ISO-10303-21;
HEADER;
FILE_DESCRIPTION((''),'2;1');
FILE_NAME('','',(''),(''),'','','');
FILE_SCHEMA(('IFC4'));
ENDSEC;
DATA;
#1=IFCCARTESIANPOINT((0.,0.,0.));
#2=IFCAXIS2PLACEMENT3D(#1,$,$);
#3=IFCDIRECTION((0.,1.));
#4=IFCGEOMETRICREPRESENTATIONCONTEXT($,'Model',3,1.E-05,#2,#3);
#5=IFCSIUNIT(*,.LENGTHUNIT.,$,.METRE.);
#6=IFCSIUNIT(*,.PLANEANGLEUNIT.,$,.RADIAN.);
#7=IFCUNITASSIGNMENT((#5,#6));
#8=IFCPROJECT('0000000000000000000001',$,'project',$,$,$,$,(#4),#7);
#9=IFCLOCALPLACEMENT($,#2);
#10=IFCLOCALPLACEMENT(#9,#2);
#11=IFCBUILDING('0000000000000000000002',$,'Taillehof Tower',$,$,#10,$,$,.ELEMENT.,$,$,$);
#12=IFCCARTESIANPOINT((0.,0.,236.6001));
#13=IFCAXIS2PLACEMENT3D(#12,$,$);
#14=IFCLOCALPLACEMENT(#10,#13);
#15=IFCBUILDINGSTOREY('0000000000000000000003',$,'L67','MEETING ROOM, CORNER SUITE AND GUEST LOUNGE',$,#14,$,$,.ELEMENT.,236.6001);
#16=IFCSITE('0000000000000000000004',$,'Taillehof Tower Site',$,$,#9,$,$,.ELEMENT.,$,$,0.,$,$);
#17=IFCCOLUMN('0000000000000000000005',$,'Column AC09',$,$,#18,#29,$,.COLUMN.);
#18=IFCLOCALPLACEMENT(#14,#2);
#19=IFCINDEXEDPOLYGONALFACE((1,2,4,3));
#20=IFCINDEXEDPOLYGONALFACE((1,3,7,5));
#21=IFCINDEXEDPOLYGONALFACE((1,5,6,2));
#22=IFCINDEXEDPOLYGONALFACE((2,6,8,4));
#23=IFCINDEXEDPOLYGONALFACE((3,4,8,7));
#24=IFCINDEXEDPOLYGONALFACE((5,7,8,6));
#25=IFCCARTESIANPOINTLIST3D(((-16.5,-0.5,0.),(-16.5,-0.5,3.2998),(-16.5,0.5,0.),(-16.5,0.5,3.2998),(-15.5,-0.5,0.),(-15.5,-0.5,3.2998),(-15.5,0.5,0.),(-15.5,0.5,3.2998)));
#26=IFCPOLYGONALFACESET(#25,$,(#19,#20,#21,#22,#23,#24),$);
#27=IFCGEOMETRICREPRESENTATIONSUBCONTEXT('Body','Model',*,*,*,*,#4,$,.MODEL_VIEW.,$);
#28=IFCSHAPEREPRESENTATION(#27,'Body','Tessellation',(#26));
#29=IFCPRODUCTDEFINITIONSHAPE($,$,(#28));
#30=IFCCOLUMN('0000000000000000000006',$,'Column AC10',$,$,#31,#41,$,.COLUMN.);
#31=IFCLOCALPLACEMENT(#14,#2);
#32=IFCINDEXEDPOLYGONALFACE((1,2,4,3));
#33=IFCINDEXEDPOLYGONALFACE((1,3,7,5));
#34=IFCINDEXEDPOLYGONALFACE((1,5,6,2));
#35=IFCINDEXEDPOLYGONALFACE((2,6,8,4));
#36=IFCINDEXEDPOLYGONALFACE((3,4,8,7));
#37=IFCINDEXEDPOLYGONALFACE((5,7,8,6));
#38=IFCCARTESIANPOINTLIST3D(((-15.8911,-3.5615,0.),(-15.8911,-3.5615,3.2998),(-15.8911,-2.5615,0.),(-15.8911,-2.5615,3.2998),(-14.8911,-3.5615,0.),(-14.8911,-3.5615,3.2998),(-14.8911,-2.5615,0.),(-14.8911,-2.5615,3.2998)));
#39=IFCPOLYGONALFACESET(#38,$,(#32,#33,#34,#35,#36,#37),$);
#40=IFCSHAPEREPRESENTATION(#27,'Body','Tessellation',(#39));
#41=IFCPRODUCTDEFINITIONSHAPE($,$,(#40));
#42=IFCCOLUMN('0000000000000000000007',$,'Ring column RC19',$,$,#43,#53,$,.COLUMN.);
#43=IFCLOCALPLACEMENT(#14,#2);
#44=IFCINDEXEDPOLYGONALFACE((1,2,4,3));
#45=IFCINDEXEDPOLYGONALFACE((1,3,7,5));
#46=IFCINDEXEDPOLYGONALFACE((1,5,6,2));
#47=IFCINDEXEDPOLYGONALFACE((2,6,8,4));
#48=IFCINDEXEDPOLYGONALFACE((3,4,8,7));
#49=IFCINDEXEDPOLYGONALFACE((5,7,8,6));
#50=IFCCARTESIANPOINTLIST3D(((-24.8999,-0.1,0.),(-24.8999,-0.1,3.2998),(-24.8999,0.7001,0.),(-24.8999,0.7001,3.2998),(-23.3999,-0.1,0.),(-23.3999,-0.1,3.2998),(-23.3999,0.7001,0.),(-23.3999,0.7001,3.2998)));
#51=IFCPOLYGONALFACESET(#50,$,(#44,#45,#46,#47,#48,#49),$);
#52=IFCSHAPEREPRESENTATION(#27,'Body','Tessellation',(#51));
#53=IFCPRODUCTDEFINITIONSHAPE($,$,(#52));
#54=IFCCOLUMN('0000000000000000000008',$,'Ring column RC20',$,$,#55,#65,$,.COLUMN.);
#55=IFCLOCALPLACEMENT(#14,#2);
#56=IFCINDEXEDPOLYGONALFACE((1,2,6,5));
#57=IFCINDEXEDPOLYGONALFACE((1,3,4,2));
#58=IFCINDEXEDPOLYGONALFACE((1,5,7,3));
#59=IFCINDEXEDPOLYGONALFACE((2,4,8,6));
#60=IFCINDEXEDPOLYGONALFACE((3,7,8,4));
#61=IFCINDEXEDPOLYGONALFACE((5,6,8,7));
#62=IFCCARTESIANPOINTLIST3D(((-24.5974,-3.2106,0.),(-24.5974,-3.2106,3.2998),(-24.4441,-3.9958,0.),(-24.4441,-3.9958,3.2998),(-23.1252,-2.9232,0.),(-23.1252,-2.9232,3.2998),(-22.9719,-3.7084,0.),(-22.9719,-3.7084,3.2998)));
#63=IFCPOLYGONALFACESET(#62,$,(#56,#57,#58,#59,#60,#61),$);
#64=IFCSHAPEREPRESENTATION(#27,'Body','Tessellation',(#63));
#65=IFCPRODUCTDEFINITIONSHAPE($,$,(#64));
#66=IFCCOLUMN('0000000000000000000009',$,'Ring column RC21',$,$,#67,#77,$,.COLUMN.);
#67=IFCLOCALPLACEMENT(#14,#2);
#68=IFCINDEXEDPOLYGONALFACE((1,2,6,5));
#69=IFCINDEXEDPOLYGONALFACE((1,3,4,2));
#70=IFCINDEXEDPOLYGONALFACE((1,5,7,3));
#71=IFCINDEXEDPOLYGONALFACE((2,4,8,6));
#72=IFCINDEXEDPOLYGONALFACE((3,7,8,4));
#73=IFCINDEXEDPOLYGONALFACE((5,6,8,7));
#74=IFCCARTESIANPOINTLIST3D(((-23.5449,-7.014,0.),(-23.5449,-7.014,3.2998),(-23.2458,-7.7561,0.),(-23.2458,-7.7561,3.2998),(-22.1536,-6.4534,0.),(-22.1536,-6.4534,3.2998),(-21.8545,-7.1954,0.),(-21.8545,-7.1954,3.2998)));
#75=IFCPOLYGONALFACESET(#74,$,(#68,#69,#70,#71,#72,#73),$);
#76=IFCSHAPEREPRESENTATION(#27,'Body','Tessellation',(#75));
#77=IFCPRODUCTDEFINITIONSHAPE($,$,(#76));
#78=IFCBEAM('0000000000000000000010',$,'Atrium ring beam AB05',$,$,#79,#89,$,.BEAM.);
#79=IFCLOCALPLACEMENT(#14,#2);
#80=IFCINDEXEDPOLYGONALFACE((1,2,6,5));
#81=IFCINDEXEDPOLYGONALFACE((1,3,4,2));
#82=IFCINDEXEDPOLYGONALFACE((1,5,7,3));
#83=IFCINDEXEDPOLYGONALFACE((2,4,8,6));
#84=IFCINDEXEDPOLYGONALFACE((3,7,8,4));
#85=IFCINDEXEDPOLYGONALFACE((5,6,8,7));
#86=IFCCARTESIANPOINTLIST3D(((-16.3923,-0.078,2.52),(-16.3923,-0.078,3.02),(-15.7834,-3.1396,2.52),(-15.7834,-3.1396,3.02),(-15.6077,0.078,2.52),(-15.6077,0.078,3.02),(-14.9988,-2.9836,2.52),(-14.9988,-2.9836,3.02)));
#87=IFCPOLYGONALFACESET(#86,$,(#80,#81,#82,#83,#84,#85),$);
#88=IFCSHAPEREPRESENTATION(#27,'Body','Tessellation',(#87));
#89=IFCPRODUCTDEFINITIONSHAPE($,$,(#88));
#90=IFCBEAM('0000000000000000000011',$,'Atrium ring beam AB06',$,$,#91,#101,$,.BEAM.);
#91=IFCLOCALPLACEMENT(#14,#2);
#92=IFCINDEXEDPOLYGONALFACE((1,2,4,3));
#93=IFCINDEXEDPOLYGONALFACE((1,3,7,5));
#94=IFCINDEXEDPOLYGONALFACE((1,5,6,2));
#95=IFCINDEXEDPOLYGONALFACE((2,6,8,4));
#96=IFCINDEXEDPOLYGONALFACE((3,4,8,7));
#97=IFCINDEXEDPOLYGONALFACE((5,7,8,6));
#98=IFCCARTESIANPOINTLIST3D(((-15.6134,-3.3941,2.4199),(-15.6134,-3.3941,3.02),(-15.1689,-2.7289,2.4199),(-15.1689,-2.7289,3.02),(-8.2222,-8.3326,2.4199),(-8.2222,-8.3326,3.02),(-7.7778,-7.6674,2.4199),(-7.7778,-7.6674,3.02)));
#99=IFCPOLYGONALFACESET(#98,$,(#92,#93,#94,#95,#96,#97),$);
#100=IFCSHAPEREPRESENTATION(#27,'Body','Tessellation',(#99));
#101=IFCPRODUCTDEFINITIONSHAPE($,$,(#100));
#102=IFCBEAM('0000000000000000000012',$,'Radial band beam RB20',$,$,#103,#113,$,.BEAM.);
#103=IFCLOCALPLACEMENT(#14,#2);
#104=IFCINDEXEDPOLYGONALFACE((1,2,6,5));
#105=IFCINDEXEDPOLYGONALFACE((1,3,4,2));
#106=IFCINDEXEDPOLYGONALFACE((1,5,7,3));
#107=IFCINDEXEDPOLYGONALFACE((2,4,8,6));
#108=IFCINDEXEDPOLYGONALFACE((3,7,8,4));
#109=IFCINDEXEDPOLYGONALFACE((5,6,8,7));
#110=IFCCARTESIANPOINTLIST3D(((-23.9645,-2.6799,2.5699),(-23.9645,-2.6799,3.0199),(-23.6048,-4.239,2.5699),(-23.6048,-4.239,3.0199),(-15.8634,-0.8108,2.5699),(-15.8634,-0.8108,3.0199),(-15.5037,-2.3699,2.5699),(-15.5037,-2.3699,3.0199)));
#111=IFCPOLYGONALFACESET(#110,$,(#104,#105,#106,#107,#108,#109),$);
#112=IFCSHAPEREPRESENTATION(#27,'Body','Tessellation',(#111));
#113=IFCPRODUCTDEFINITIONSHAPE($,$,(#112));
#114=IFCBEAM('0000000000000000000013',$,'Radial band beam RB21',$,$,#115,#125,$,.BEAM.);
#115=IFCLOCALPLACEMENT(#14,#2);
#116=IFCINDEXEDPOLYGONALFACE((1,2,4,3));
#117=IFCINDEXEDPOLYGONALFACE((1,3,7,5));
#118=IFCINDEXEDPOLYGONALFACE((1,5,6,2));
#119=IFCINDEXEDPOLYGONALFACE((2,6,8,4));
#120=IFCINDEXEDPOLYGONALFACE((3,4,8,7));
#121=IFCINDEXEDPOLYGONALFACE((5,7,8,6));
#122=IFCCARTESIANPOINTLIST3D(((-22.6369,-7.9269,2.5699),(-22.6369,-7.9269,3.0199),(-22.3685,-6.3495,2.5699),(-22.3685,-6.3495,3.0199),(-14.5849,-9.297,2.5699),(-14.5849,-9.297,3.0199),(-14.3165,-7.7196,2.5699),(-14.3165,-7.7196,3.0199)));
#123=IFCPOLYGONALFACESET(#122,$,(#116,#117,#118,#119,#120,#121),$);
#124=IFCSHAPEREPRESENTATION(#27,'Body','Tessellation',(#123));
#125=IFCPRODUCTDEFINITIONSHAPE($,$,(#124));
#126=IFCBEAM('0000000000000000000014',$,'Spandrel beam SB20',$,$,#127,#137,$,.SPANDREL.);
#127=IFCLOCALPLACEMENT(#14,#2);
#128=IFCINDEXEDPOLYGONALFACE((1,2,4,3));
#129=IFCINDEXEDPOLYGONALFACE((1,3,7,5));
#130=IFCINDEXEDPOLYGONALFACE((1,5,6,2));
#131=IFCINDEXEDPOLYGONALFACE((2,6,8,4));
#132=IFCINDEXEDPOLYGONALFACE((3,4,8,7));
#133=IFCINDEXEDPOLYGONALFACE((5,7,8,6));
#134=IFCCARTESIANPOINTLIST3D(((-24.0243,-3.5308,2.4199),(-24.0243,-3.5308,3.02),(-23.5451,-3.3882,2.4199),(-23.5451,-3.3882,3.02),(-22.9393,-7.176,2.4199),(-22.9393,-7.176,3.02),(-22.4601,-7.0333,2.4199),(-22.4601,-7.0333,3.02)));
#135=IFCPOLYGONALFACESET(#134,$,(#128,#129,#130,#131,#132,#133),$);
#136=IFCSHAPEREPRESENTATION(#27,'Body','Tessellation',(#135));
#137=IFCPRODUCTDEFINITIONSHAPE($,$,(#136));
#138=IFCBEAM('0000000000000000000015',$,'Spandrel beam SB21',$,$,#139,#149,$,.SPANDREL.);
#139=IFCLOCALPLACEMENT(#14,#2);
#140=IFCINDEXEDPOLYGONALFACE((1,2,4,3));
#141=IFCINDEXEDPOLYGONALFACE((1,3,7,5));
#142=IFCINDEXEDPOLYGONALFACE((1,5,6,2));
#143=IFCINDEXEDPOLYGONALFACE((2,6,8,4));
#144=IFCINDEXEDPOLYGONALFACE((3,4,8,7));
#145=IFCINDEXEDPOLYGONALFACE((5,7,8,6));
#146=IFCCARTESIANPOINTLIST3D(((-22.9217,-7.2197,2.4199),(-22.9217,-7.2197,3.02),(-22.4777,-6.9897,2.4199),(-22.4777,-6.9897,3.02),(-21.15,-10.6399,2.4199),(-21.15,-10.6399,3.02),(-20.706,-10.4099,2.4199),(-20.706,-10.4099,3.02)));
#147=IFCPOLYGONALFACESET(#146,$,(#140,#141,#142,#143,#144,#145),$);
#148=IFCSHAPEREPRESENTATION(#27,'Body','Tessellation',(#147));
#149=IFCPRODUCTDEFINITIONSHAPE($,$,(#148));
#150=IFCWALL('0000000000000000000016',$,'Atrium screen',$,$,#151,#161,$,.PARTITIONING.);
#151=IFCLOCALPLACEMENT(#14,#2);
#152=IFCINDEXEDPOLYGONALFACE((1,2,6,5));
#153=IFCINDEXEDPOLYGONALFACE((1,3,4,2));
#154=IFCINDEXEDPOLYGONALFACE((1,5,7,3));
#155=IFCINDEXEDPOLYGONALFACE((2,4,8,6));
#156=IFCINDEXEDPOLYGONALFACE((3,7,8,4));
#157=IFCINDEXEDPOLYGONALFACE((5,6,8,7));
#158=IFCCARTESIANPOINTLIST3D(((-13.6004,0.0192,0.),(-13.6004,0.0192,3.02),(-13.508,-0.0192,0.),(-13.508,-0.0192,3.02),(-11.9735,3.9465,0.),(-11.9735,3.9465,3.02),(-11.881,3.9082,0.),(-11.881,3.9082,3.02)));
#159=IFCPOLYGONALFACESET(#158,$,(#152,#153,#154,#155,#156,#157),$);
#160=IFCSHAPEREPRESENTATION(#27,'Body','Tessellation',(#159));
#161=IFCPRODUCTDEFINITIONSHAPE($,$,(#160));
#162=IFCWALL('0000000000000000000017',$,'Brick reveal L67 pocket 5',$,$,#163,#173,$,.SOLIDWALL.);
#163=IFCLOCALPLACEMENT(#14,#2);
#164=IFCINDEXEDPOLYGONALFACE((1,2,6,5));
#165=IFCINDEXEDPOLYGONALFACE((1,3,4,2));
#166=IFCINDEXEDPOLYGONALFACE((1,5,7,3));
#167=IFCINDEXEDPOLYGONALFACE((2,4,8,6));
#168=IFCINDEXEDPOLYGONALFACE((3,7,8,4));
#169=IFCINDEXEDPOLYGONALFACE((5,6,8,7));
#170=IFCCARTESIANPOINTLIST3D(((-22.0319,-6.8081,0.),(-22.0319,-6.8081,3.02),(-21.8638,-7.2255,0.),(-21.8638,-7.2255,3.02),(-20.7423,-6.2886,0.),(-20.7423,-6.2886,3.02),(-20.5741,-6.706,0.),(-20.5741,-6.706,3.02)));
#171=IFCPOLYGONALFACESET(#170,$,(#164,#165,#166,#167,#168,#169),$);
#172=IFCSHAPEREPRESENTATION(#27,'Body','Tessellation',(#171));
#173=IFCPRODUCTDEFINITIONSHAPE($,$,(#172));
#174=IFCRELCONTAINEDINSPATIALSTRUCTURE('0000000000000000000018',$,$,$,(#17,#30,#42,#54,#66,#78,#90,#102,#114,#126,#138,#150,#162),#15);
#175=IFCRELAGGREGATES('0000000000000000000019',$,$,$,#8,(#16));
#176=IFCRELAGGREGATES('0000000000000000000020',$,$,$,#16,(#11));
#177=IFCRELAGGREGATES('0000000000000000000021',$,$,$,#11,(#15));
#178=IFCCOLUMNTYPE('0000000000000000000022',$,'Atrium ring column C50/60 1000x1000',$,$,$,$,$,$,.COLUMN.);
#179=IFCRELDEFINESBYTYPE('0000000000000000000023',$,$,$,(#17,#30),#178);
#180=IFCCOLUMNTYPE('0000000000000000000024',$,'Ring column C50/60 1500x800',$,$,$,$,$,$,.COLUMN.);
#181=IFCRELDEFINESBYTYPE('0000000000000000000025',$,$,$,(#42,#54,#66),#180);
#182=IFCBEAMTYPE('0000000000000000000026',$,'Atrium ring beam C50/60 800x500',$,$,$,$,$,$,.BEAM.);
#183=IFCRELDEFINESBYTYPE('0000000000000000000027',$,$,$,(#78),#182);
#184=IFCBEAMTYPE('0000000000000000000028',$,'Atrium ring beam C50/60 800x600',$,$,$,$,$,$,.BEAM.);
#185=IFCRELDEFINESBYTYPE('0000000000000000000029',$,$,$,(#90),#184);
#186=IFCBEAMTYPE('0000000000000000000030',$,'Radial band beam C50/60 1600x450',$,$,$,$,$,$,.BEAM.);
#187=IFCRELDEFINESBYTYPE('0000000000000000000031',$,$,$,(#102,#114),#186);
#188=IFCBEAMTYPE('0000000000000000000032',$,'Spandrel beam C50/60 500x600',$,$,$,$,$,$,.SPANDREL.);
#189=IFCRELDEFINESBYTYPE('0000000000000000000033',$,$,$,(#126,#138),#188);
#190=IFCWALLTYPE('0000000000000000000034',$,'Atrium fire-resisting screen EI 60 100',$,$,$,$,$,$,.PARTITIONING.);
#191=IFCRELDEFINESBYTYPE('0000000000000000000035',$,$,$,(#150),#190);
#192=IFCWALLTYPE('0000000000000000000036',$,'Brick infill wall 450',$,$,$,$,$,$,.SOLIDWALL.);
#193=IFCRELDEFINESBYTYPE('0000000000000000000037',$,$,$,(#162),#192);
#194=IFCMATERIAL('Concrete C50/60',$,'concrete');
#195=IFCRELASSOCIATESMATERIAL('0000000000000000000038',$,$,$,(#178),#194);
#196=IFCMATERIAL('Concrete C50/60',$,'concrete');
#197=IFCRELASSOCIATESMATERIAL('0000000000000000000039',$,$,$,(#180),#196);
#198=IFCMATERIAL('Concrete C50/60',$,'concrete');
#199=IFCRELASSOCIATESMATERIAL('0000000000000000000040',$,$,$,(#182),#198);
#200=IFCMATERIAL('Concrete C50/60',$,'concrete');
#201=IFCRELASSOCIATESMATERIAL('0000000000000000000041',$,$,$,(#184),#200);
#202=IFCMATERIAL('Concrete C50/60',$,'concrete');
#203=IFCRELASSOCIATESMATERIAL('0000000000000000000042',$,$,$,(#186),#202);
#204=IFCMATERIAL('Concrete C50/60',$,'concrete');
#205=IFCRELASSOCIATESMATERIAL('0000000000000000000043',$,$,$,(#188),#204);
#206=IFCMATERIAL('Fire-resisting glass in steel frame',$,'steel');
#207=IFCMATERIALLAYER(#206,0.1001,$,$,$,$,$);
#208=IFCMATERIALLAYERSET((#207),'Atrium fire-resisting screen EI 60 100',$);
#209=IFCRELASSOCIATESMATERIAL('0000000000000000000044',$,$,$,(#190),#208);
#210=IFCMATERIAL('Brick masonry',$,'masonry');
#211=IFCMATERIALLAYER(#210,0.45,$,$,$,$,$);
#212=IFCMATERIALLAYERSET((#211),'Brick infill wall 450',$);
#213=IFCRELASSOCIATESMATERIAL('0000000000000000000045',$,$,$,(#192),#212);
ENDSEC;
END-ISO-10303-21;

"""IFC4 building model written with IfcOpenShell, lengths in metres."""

from ifc_helpers import new_model, si_unit, direction, frame, frame_2d, origin, origin_2d, place, context, subcontext, project, spatial, rectangle, extrude, material, layer, layer_set, material_profile, profile_set, type_object, element, save


model = new_model("IFC4")

# Units and contexts
model_context = context("Model", 3, precision=1e-05, world=origin(), true_north=direction((0.0, 1.0)))
body_context = subcontext(model_context, "Body", "Model", "MODEL_VIEW")
ifc_project = project(units=[si_unit("LENGTHUNIT", "METRE"), si_unit("PLANEANGLEUNIT", "RADIAN")], contexts=[model_context])

# Site, building, storey
site_placement = place(None, origin())
site = spatial("IfcSite", under=ifc_project, at=site_placement, Name="Taillehof Tower Site", CompositionType="ELEMENT", RefElevation=0.0)
building_placement = place(site_placement, origin())
building = spatial("IfcBuilding", under=site, at=building_placement, Name="Taillehof Tower", CompositionType="ELEMENT")
storey_placement = place(building_placement, frame((0.0, 0.0, 236.6001)))
storey = spatial("IfcBuildingStorey", under=building, at=storey_placement, Name="L67", Description="MEETING ROOM, CORNER SUITE AND GUEST LOUNGE", CompositionType="ELEMENT", Elevation=236.6001)

# Columns
ifc_material_1 = material(Name="Concrete C50/60", Category="concrete")
ifc_material_profile_1 = material_profile(ifc_material_1, rectangle(XDim=1.0, YDim=1.0, at=origin_2d()), Name="RC 1000x1000")
ifc_profile_set_1 = profile_set([ifc_material_profile_1], Name="Concrete C50/60")
column_type_1 = type_object("IfcColumnType", Name="Atrium ring column C50/60 1000x1000", PredefinedType="COLUMN", material=ifc_profile_set_1)
for number, where, z_axis, x_axis, name in (
    (1, (-16.0, 0.0, 0.0), (0.0, 0.0, 1.0), (1.0, 0.0, 0.0), "Column AC09"),
    (2, (-15.3911, -3.0615, 0.0), (0.0, 0.0, 1.0), (1.0, 0.0, 0.0), "Column AC10"),
):
    element("IfcColumn", number, at=place(storey_placement, frame(where, z_axis=z_axis, x_axis=x_axis)), inside=storey, type_object=column_type_1, Name=name, PredefinedType="COLUMN", context=body_context, shape_type="SweptSolid", body=[
        extrude(rectangle(XDim=1.0, YDim=1.0, at=origin_2d()), origin(), (0.0, 0.0, 1.0), 3.2998),
    ])
ifc_material_2 = material(Name="Concrete C50/60", Category="concrete")
ifc_material_profile_2 = material_profile(ifc_material_2, rectangle(XDim=1.5, YDim=0.8, at=origin_2d()), Name="RC 1500x800")
ifc_profile_set_2 = profile_set([ifc_material_profile_2], Name="Concrete C50/60")
column_type_2 = type_object("IfcColumnType", Name="Ring column C50/60 1500x800", PredefinedType="COLUMN", material=ifc_profile_set_2)
for number, where, z_axis, x_axis, name in (
    (3, (-24.1499, 0.3, 0.0), (0.0, 0.0, 1.0), (-1.0, 0.0, 0.0), "Ring column RC19"),
    (4, (-23.7847, -3.4595, 0.0), (0.0, 0.0, 1.0), (-0.981473, -0.191602, 0.0), "Ring column RC20"),
    (5, (-22.6997, -7.1047, 0.0), (0.0, 0.0, 1.0), (-0.927525, -0.373762, 0.0), "Ring column RC21"),
):
    element("IfcColumn", number, at=place(storey_placement, frame(where, z_axis=z_axis, x_axis=x_axis)), inside=storey, type_object=column_type_2, Name=name, PredefinedType="COLUMN", context=body_context, shape_type="SweptSolid", body=[
        extrude(rectangle(XDim=1.5, YDim=0.8, at=origin_2d()), origin(), (0.0, 0.0, 1.0), 3.2998),
    ])

# Beams
ifc_material_3 = material(Name="Concrete C50/60", Category="concrete")
ifc_material_profile_3 = material_profile(ifc_material_3, rectangle(XDim=0.8, YDim=0.5, at=origin_2d()), Name="RC 800x500")
ifc_profile_set_3 = profile_set([ifc_material_profile_3], Name="Concrete C50/60")
beam_type_1 = type_object("IfcBeamType", Name="Atrium ring beam C50/60 800x500", PredefinedType="BEAM", material=ifc_profile_set_3)
beam_1_placement = place(storey_placement, frame((-16.0, 0.0, 2.77), z_axis=(0.195063, -0.980791, 0.0), x_axis=(0.980791, 0.195063, 0.0)))
element("IfcBeam", 6, at=beam_1_placement, inside=storey, type_object=beam_type_1, Name="Atrium ring beam AB05", PredefinedType="BEAM", context=body_context, shape_type="SweptSolid", body=[
    extrude(rectangle(XDim=0.8, YDim=0.5, at=origin_2d()), origin(), (0.0, 0.0, 1.0), 3.1216),
])
ifc_material_4 = material(Name="Concrete C50/60", Category="concrete")
ifc_material_profile_4 = material_profile(ifc_material_4, rectangle(XDim=0.8, YDim=0.6001, at=origin_2d()), Name="RC 800x600")
ifc_profile_set_4 = profile_set([ifc_material_profile_4], Name="Concrete C50/60")
beam_type_2 = type_object("IfcBeamType", Name="Atrium ring beam C50/60 800x600", PredefinedType="BEAM", material=ifc_profile_set_4)
beam_2_placement = place(storey_placement, frame((-15.3911, -3.0615, 2.72), z_axis=(0.831475, -0.555562, 0.0), x_axis=(0.555562, 0.831475, 0.0)))
element("IfcBeam", 7, at=beam_2_placement, inside=storey, type_object=beam_type_2, Name="Atrium ring beam AB06", PredefinedType="BEAM", context=body_context, shape_type="SweptSolid", body=[
    extrude(rectangle(XDim=0.8, YDim=0.6001, at=origin_2d()), origin(), (0.0, 0.0, 1.0), 8.8892),
])
ifc_material_5 = material(Name="Concrete C50/60", Category="concrete")
ifc_material_profile_5 = material_profile(ifc_material_5, rectangle(XDim=1.6001, YDim=0.45, at=origin_2d()), Name="RC 1600x450")
ifc_profile_set_5 = profile_set([ifc_material_profile_5], Name="Concrete C50/60")
beam_type_3 = type_object("IfcBeamType", Name="Radial band beam C50/60 1600x450", PredefinedType="BEAM", material=ifc_profile_set_5)
beam_3_placement = place(storey_placement, frame((-23.7847, -3.4595, 2.7949), z_axis=(0.9744, 0.224821, 0.0), x_axis=(-0.224821, 0.9744, 0.0)))
element("IfcBeam", 8, at=beam_3_placement, inside=storey, type_object=beam_type_3, Name="Radial band beam RB20", PredefinedType="BEAM", context=body_context, shape_type="SweptSolid", body=[
    extrude(rectangle(XDim=1.6001, YDim=0.45, at=origin_2d()), origin(), (0.0, 0.0, 1.0), 8.314),
])
beam_4_placement = place(storey_placement, frame((-22.5027, -7.1382, 2.7949), z_axis=(0.98583, -0.167747, 0.0), x_axis=(0.167747, 0.98583, 0.0)))
element("IfcBeam", 9, at=beam_4_placement, inside=storey, type_object=beam_type_3, Name="Radial band beam RB21", PredefinedType="BEAM", context=body_context, shape_type="SweptSolid", body=[
    extrude(rectangle(XDim=1.6001, YDim=0.45, at=origin_2d()), origin(), (0.0, 0.0, 1.0), 8.1677),
])
ifc_material_6 = material(Name="Concrete C50/60", Category="concrete")
ifc_material_profile_6 = material_profile(ifc_material_6, rectangle(XDim=0.5, YDim=0.6001, at=origin_2d()), Name="RC 500x600")
ifc_profile_set_6 = profile_set([ifc_material_profile_6], Name="Concrete C50/60")
beam_type_4 = type_object("IfcBeamType", Name="Spandrel beam C50/60 500x600", PredefinedType="SPANDREL", material=ifc_profile_set_6)
beam_5_placement = place(storey_placement, frame((-23.7847, -3.4595, 2.72), z_axis=(0.285268, -0.958448, 0.0), x_axis=(0.958448, 0.285268, 0.0)))
element("IfcBeam", 10, at=beam_5_placement, inside=storey, type_object=beam_type_4, Name="Spandrel beam SB20", PredefinedType="SPANDREL", context=body_context, shape_type="SweptSolid", body=[
    extrude(rectangle(XDim=0.5, YDim=0.6001, at=origin_2d()), origin(), (0.0, 0.0, 1.0), 3.8032),
])
beam_6_placement = place(storey_placement, frame((-22.6997, -7.1047, 2.72), z_axis=(0.459971, -0.887934, 0.0), x_axis=(0.887934, 0.459971, 0.0)))
element("IfcBeam", 11, at=beam_6_placement, inside=storey, type_object=beam_type_4, Name="Spandrel beam SB21", PredefinedType="SPANDREL", context=body_context, shape_type="SweptSolid", body=[
    extrude(rectangle(XDim=0.5, YDim=0.6001, at=origin_2d()), origin(), (0.0, 0.0, 1.0), 3.8518),
])

# Walls
ifc_material_7 = material(Name="Fire-resisting glass in steel frame", Category="steel")
ifc_layer_1 = layer(ifc_material_7, 0.1001)
ifc_layer_set_1 = layer_set([ifc_layer_1], Name="Atrium fire-resisting screen EI 60 100")
wall_type_1 = type_object("IfcWallType", Name="Atrium fire-resisting screen EI 60 100", PredefinedType="PARTITIONING", material=ifc_layer_set_1)
wall_1_placement = place(storey_placement, frame((-13.5542, 0.0, 0.0), z_axis=(0.0, 0.0, 1.0), x_axis=(0.382731, 0.92386, 0.0)))
element("IfcWall", 12, at=wall_1_placement, inside=storey, type_object=wall_type_1, Name="Atrium screen", PredefinedType="PARTITIONING", context=body_context, shape_type="SweptSolid", body=[
    extrude(rectangle(XDim=4.251, YDim=0.1001, at=frame_2d((2.1255, 0.0))), origin(), (0.0, 0.0, 1.0), 3.02),
])
ifc_material_8 = material(Name="Brick masonry", Category="masonry")
ifc_layer_2 = layer(ifc_material_8, 0.45)
ifc_layer_set_2 = layer_set([ifc_layer_2], Name="Brick infill wall 450")
wall_type_2 = type_object("IfcWallType", Name="Brick infill wall 450", PredefinedType="SOLIDWALL", material=ifc_layer_set_2)
wall_2_placement = place(storey_placement, frame((-21.948, -7.0168, 0.0), z_axis=(0.0, 0.0, 1.0), x_axis=(0.927578, 0.37363, 0.0)))
element("IfcWall", 13, at=wall_2_placement, inside=storey, type_object=wall_type_2, Name="Brick reveal L67 pocket 5", PredefinedType="SOLIDWALL", context=body_context, shape_type="SweptSolid", body=[
    extrude(rectangle(XDim=1.3904, YDim=0.45, at=frame_2d((0.6953, 0.0))), origin(), (0.0, 0.0, 1.0), 3.02),
])

save(model, "model.ifc")
